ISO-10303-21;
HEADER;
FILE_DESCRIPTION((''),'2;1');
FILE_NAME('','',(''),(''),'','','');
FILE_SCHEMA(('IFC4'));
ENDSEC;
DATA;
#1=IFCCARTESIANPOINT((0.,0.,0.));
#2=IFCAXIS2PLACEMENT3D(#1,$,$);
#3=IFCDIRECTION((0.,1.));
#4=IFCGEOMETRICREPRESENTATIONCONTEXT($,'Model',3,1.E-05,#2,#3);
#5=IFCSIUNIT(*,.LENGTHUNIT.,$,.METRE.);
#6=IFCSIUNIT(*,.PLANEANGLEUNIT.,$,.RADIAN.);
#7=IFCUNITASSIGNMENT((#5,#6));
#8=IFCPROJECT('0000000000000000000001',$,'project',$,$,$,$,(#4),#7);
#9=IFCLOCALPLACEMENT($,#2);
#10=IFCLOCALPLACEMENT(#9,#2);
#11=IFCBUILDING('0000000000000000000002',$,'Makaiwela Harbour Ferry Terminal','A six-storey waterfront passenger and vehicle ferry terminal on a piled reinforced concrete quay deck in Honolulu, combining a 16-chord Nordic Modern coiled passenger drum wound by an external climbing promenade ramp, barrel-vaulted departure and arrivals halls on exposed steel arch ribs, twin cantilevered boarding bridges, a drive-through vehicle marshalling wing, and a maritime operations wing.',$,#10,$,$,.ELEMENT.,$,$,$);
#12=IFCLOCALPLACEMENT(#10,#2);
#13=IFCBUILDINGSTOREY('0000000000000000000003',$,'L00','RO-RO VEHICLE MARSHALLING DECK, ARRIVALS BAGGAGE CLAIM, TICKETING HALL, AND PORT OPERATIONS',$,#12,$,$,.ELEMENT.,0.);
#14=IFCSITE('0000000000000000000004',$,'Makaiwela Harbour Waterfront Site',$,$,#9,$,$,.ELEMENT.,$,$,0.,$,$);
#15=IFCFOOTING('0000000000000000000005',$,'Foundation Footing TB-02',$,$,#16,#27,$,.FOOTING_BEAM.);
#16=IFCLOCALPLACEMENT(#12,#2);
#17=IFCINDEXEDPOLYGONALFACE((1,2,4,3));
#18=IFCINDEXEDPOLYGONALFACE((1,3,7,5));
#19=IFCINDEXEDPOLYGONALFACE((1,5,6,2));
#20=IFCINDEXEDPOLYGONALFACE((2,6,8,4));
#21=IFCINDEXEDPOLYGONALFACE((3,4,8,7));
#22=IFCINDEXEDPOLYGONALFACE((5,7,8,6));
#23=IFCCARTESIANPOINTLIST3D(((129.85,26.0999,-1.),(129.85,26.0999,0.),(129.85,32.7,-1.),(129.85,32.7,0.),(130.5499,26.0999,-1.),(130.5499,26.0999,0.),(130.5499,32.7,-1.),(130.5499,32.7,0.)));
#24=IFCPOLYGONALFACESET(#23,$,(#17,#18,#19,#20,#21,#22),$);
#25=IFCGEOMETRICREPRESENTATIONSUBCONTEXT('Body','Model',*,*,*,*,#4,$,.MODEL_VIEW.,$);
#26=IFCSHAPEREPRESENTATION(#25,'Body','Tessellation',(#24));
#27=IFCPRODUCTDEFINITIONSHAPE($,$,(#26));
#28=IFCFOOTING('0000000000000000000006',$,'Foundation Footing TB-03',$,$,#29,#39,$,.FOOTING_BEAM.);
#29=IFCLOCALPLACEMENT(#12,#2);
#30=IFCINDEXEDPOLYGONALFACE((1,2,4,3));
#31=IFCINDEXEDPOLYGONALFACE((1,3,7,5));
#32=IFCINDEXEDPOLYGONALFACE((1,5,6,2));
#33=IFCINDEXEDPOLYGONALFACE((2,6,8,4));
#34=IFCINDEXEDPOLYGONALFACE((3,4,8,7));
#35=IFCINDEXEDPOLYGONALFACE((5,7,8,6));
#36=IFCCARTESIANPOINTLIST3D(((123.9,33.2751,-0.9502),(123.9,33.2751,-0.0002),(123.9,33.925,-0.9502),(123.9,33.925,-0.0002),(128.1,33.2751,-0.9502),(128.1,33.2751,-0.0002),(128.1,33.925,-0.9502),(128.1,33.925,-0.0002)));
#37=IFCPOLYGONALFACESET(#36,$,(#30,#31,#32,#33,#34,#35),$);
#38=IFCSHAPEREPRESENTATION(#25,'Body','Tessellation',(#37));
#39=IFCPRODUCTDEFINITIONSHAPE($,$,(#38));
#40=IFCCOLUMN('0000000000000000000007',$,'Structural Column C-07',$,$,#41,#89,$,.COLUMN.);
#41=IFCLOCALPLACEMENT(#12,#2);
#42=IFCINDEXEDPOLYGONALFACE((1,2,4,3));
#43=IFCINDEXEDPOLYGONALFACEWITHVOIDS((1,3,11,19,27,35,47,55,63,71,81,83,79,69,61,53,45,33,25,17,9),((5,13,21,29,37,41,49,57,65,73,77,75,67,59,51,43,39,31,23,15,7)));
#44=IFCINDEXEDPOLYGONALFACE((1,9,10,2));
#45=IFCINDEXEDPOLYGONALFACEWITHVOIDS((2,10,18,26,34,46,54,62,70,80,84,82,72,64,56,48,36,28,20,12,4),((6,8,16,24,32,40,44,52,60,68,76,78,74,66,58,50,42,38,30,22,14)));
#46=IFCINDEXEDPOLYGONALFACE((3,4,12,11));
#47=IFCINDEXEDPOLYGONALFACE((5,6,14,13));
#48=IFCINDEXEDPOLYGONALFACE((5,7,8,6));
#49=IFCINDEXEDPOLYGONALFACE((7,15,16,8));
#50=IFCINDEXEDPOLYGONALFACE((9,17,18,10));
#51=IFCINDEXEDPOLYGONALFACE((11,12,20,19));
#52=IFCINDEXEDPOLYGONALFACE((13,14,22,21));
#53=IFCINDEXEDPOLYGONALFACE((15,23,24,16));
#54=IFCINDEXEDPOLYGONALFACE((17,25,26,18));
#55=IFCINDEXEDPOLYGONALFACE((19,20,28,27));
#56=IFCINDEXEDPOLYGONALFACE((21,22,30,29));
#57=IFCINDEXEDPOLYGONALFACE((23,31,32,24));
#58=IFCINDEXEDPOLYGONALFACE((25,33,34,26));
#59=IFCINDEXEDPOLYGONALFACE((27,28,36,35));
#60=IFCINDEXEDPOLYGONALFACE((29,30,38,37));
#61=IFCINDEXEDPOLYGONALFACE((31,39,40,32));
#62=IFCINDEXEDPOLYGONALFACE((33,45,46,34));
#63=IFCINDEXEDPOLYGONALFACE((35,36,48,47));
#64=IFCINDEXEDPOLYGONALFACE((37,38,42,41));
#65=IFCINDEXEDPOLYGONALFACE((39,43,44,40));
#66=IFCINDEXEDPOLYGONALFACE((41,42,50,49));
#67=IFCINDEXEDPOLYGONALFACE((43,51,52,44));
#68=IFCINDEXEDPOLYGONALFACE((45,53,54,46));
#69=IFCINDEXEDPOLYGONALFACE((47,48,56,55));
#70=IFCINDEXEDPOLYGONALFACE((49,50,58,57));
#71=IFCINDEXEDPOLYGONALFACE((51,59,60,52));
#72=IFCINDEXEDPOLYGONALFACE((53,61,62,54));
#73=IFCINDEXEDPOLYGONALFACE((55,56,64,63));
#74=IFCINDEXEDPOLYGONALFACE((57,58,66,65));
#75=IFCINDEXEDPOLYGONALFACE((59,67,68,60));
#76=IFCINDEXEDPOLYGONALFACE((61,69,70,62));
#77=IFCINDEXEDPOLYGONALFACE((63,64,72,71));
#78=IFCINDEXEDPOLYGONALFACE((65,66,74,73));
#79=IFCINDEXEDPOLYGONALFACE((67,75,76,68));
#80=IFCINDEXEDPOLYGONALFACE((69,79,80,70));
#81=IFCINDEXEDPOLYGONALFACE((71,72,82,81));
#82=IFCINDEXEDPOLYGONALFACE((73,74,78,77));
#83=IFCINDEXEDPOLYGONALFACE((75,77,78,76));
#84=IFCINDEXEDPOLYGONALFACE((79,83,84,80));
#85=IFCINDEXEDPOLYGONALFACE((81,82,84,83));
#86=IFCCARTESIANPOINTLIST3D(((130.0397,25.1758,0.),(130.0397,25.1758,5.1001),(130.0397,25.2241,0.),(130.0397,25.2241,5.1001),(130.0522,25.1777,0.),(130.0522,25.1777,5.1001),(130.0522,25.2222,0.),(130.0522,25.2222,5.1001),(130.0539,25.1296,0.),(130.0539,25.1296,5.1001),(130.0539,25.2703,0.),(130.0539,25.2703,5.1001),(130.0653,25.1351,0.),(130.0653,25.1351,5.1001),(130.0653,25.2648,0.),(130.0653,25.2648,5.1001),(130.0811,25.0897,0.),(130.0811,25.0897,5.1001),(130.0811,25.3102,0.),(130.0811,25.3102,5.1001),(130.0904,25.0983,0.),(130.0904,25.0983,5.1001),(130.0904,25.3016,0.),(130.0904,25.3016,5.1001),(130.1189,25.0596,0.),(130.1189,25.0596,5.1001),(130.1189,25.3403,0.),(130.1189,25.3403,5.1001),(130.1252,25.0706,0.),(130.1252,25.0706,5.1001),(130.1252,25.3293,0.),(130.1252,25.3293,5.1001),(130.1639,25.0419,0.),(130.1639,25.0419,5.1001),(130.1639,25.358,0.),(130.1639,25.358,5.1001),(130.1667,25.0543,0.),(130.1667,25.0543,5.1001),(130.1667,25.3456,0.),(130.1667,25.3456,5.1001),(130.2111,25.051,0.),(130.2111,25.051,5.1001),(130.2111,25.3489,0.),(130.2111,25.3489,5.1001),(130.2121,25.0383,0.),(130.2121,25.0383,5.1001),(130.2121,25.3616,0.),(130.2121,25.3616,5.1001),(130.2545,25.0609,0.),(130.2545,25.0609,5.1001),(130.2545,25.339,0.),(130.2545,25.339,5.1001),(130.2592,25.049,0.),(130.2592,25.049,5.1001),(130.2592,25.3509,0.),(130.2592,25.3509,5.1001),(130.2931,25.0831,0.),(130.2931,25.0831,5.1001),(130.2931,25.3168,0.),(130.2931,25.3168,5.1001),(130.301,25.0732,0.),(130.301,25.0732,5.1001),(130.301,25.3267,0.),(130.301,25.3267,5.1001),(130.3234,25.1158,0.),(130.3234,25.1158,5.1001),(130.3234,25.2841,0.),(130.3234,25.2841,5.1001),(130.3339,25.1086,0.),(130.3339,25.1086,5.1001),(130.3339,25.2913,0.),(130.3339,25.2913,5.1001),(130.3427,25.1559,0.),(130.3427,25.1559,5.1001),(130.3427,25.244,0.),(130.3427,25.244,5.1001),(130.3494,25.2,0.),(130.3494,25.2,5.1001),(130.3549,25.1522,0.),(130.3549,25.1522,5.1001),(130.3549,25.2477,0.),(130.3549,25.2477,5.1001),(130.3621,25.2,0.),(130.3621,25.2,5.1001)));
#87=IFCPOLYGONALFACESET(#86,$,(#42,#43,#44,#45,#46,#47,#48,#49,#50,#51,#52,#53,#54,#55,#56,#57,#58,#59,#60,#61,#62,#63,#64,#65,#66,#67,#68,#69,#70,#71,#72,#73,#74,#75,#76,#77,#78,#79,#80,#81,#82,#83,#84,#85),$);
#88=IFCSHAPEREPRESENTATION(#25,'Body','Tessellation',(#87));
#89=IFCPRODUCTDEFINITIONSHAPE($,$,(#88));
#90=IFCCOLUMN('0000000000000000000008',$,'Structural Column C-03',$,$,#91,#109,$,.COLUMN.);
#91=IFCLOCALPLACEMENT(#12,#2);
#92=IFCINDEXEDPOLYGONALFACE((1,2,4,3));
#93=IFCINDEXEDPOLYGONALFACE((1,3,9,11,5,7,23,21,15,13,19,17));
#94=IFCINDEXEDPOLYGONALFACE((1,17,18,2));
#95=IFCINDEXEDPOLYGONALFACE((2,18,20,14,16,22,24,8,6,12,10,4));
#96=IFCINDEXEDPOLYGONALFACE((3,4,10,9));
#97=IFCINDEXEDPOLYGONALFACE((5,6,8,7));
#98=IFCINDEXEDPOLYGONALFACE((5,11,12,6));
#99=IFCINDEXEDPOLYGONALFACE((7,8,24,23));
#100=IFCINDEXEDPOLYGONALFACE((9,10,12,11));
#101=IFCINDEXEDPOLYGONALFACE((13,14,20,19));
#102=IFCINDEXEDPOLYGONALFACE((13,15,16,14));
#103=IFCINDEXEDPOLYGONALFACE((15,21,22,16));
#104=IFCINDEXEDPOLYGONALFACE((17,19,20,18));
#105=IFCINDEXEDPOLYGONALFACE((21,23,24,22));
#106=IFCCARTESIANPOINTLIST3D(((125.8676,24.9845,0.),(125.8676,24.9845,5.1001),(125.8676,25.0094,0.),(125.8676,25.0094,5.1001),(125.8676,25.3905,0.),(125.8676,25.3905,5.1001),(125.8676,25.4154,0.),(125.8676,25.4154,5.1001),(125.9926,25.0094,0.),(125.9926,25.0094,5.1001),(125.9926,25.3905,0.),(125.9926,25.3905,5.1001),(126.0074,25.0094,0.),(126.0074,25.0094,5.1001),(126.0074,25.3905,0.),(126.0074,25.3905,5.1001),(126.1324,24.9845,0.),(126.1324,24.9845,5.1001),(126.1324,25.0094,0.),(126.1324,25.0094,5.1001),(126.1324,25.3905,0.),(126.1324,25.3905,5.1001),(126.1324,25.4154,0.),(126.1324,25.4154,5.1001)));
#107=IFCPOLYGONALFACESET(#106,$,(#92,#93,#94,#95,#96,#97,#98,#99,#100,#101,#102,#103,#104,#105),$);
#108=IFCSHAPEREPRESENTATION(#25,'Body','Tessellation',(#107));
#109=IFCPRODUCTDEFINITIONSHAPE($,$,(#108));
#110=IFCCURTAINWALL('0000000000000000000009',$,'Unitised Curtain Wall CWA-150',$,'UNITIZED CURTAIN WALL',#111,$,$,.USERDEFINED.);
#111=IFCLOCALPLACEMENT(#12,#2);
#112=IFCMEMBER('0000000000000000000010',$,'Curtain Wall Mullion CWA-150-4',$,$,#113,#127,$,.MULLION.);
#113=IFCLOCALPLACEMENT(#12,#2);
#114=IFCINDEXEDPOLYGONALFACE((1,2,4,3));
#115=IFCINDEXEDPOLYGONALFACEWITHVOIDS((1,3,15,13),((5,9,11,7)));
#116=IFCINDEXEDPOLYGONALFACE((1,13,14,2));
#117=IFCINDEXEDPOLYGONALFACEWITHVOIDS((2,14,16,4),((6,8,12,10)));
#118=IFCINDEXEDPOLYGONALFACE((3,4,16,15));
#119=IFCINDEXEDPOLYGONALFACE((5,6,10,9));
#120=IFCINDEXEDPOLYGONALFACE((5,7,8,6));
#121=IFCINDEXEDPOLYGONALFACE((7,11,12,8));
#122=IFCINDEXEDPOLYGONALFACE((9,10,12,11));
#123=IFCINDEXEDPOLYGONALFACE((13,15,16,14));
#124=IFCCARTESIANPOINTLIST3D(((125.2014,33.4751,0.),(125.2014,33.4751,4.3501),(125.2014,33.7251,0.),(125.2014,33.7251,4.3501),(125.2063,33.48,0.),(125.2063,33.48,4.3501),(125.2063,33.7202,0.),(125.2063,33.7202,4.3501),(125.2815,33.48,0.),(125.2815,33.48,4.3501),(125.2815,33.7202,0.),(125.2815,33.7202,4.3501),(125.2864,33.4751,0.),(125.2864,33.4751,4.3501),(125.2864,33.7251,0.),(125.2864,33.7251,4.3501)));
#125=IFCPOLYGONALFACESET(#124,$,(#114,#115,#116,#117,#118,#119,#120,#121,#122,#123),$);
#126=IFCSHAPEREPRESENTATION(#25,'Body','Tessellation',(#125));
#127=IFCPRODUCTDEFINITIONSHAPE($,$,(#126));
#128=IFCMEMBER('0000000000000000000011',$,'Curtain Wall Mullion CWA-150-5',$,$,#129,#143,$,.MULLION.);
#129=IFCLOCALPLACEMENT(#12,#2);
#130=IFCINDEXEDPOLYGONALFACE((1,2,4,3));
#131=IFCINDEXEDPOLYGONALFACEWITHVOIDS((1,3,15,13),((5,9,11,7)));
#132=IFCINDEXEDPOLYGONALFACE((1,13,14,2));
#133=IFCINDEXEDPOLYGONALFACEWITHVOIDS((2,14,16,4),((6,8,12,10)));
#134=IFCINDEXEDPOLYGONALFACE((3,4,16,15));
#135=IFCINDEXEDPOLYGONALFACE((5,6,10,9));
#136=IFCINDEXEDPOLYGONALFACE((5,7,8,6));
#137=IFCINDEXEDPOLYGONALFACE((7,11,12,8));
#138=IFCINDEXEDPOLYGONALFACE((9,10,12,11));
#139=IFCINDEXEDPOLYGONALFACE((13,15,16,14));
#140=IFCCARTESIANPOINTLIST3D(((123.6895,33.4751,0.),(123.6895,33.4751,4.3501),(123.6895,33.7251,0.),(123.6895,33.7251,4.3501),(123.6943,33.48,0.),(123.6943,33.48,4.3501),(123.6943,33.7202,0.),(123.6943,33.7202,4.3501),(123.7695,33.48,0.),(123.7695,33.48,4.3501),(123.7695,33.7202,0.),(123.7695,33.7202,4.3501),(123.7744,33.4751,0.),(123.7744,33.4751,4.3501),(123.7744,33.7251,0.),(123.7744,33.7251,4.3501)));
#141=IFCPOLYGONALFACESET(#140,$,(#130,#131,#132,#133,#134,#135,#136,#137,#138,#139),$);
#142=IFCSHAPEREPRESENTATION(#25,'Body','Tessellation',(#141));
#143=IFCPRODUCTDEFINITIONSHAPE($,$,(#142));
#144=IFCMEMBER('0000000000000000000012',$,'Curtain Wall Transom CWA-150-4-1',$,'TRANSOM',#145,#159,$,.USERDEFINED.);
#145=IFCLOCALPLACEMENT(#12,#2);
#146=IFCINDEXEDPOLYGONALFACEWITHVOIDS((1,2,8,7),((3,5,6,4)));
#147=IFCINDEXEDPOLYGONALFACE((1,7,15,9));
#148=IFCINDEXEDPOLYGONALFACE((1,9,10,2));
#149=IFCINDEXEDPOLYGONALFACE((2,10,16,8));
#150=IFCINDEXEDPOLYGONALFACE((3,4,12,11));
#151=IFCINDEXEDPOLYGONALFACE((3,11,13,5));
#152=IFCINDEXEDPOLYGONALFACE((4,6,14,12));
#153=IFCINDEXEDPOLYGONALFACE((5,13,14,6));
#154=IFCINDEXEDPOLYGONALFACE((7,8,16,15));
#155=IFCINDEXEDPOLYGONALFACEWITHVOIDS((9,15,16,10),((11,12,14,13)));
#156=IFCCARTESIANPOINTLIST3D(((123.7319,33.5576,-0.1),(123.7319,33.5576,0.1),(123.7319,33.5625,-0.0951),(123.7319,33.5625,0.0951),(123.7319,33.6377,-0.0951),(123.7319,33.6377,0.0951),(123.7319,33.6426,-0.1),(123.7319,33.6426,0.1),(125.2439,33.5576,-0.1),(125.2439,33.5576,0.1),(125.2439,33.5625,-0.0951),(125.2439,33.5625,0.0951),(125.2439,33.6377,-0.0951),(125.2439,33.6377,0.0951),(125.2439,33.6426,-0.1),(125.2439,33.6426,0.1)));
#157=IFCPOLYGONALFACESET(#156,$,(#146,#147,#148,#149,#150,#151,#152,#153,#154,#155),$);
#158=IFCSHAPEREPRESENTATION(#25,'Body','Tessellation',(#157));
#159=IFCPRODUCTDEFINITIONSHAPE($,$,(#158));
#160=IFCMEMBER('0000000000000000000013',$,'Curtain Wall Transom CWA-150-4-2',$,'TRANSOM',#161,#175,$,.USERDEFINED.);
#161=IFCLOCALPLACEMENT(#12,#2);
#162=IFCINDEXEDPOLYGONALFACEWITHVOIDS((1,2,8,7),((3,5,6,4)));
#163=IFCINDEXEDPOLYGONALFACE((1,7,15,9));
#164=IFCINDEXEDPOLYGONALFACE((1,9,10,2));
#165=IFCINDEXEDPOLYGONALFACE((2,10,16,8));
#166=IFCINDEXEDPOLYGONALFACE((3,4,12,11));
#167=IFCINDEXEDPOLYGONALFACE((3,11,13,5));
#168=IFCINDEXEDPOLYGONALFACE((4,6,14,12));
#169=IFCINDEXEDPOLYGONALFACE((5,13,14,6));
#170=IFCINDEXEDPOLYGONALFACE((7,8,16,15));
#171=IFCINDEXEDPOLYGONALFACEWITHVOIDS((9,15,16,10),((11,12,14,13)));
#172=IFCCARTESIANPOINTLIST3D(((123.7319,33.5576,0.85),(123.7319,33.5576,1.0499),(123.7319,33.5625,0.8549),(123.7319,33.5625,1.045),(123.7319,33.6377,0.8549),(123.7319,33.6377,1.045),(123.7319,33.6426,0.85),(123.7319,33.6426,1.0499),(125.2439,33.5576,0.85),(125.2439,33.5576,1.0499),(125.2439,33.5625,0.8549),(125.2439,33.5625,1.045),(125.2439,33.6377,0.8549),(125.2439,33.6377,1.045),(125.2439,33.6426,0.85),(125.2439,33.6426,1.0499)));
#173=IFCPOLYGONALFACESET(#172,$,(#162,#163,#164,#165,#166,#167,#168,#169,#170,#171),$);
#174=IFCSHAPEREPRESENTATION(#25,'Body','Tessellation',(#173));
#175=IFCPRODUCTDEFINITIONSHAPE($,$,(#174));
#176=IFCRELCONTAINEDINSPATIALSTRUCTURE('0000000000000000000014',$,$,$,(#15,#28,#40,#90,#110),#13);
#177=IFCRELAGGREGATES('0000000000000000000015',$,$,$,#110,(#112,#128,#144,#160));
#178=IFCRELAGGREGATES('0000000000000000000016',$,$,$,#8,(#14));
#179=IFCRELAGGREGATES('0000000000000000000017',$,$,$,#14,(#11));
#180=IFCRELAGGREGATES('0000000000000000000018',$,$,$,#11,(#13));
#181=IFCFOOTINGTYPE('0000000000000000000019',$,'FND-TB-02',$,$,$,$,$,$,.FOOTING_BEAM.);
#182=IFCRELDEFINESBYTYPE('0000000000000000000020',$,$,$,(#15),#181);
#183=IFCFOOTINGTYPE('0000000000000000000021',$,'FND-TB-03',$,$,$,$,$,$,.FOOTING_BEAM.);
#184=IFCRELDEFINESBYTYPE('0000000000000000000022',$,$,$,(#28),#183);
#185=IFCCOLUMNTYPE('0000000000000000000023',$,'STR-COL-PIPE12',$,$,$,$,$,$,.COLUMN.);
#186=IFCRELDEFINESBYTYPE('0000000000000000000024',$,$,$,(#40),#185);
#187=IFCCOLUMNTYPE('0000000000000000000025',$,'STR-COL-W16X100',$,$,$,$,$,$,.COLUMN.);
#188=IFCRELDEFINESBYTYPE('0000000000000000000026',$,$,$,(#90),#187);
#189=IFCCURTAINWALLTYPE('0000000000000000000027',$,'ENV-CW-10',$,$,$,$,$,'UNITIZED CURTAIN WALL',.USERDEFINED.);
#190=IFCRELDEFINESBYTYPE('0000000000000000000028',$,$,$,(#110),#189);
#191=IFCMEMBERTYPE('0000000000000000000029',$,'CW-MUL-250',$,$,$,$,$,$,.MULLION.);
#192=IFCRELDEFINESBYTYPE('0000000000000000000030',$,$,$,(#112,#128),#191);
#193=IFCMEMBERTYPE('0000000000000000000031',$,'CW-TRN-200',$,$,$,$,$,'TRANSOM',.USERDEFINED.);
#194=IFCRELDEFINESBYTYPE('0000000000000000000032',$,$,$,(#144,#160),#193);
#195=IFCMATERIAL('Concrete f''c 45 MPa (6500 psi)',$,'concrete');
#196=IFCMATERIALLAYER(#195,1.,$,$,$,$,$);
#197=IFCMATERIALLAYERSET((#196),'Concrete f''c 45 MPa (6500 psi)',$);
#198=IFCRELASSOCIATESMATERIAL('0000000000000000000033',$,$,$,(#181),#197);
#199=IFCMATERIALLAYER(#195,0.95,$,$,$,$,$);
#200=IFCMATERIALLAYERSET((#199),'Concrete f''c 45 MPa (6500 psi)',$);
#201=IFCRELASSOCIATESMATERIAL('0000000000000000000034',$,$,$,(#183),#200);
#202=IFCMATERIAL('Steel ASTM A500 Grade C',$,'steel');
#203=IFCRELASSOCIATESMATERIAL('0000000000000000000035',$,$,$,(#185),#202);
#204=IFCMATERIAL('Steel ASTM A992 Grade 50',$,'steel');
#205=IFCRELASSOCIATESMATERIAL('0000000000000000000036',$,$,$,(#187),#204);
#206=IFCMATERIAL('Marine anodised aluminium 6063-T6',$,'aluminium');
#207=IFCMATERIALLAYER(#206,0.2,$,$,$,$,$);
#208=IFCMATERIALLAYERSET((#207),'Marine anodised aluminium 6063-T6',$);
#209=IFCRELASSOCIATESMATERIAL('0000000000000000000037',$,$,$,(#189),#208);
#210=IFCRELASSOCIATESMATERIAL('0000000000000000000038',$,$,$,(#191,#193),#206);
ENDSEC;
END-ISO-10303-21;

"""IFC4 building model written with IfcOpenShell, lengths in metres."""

from ifc_helpers import new_model, si_unit, direction, frame, origin, origin_2d, place, context, subcontext, project, spatial, rectangle, hollow_rectangle, hollow_circle, i_section, extrude, material, layer, layer_set, material_profile, profile_set, type_object, element, aggregate, save


model = new_model("IFC4")

# Units and contexts
model_context = context("Model", 3, precision=1e-05, world=origin(), true_north=direction((0.0, 1.0)))
body_context = subcontext(model_context, "Body", "Model", "MODEL_VIEW")
ifc_project = project(units=[si_unit("LENGTHUNIT", "METRE"), si_unit("PLANEANGLEUNIT", "RADIAN")], contexts=[model_context])

# Site, building, storey
site_placement = place(None, origin())
site = spatial("IfcSite", under=ifc_project, at=site_placement, Name="Makaiwela Harbour Waterfront Site", CompositionType="ELEMENT", RefElevation=0.0)
building_placement = place(site_placement, origin())
building = spatial("IfcBuilding", under=site, at=building_placement, Name="Makaiwela Harbour Ferry Terminal", Description="A six-storey waterfront passenger and vehicle ferry terminal on a piled reinforced concrete quay deck in Honolulu, combining a 16-chord Nordic Modern coiled passenger drum wound by an external climbing promenade ramp, barrel-vaulted departure and arrivals halls on exposed steel arch ribs, twin cantilevered boarding bridges, a drive-through vehicle marshalling wing, and a maritime operations wing.", CompositionType="ELEMENT")
storey_placement = place(building_placement, origin())
storey = spatial("IfcBuildingStorey", under=building, at=storey_placement, Name="L00", Description="RO-RO VEHICLE MARSHALLING DECK, ARRIVALS BAGGAGE CLAIM, TICKETING HALL, AND PORT OPERATIONS", CompositionType="ELEMENT", Elevation=0.0)

# Shared definitions
ifc_material_1 = material(Name="Concrete f'c 45 MPa (6500 psi)", Category="concrete")

# Footings
ifc_layer_1 = layer(ifc_material_1, 1.0)
ifc_layer_set_1 = layer_set([ifc_layer_1], Name="Concrete f'c 45 MPa (6500 psi)")
footing_type_1 = type_object("IfcFootingType", Name="FND-TB-02", PredefinedType="FOOTING_BEAM", material=ifc_layer_set_1)
footing_1_placement = place(storey_placement, frame((130.2, 29.3999, -1.0), z_axis=(0.0, 0.0, 1.0), x_axis=(0.0, 1.0, 0.0)))
element("IfcFooting", 1, at=footing_1_placement, inside=storey, type_object=footing_type_1, Name="Foundation Footing TB-02", PredefinedType="FOOTING_BEAM", context=body_context, shape_type="SweptSolid", body=[
    extrude(rectangle(XDim=6.6001, YDim=0.7, at=origin_2d()), origin(), (0.0, 0.0, 1.0), 1.0),
])
ifc_layer_2 = layer(ifc_material_1, 0.95)
ifc_layer_set_2 = layer_set([ifc_layer_2], Name="Concrete f'c 45 MPa (6500 psi)")
footing_type_2 = type_object("IfcFootingType", Name="FND-TB-03", PredefinedType="FOOTING_BEAM", material=ifc_layer_set_2)
footing_2_placement = place(storey_placement, frame((126.0, 33.6001, -0.9502), z_axis=(0.0, 0.0, 1.0), x_axis=(1.0, 0.0, 0.0)))
element("IfcFooting", 2, at=footing_2_placement, inside=storey, type_object=footing_type_2, Name="Foundation Footing TB-03", PredefinedType="FOOTING_BEAM", context=body_context, shape_type="SweptSolid", body=[
    extrude(rectangle(XDim=4.2, YDim=0.6499, at=origin_2d()), origin(), (0.0, 0.0, 1.0), 0.95),
])

# Columns
ifc_material_2 = material(Name="Steel ASTM A500 Grade C", Category="steel")
ifc_material_profile_1 = material_profile(ifc_material_2, hollow_circle(Radius=0.1621, WallThickness=0.0127, at=origin_2d()), Name="PIPE12XS")
ifc_profile_set_1 = profile_set([ifc_material_profile_1], Name="Steel ASTM A500 Grade C")
column_type_1 = type_object("IfcColumnType", Name="STR-COL-PIPE12", PredefinedType="COLUMN", material=ifc_profile_set_1)
column_1_placement = place(storey_placement, frame((130.2, 25.2, 0.0), z_axis=(0.0, 0.0, 1.0), x_axis=(1.0, 0.0, 0.0)))
element("IfcColumn", 3, at=column_1_placement, inside=storey, type_object=column_type_1, Name="Structural Column C-07", PredefinedType="COLUMN", context=body_context, shape_type="SweptSolid", body=[
    extrude(hollow_circle(Radius=0.1621, WallThickness=0.0127, at=origin_2d()), origin(), (0.0, 0.0, 1.0), 5.1001),
])
ifc_material_3 = material(Name="Steel ASTM A992 Grade 50", Category="steel")
ifc_material_profile_2 = material_profile(ifc_material_3, i_section(OverallWidth=0.2649, OverallDepth=0.4309, WebThickness=0.0149, FlangeThickness=0.0249, at=origin_2d()), Name="W16X100")
ifc_profile_set_2 = profile_set([ifc_material_profile_2], Name="Steel ASTM A992 Grade 50")
column_type_2 = type_object("IfcColumnType", Name="STR-COL-W16X100", PredefinedType="COLUMN", material=ifc_profile_set_2)
column_2_placement = place(storey_placement, frame((126.0, 25.2, 0.0), z_axis=(0.0, 0.0, 1.0), x_axis=(1.0, 0.0, 0.0)))
element("IfcColumn", 4, at=column_2_placement, inside=storey, type_object=column_type_2, Name="Structural Column C-03", PredefinedType="COLUMN", context=body_context, shape_type="SweptSolid", body=[
    extrude(i_section(OverallWidth=0.2649, OverallDepth=0.4309, WebThickness=0.0149, FlangeThickness=0.0249, at=origin_2d()), origin(), (0.0, 0.0, 1.0), 5.1001),
])

# Curtain wall, members
ifc_material_4 = material(Name="Marine anodised aluminium 6063-T6", Category="aluminium")
ifc_layer_3 = layer(ifc_material_4, 0.2)
ifc_layer_set_3 = layer_set([ifc_layer_3], Name="Marine anodised aluminium 6063-T6")
curtain_wall_type = type_object("IfcCurtainWallType", Name="ENV-CW-10", ElementType="UNITIZED CURTAIN WALL", PredefinedType="USERDEFINED", material=ifc_layer_set_3)
curtain_wall_placement = place(storey_placement, origin())
curtain_wall = element("IfcCurtainWall", 5, at=curtain_wall_placement, inside=storey, type_object=curtain_wall_type, Name="Unitised Curtain Wall CWA-150", ObjectType="UNITIZED CURTAIN WALL", PredefinedType="USERDEFINED")
ifc_material_profile_3 = material_profile(ifc_material_4, hollow_rectangle(XDim=0.085, YDim=0.25, WallThickness=0.0049, at=origin_2d()), Name="CWM-250X85")
ifc_profile_set_3 = profile_set([ifc_material_profile_3], Name="Marine anodised aluminium 6063-T6")
member_type_1 = type_object("IfcMemberType", Name="CW-MUL-250", PredefinedType="MULLION", material=ifc_profile_set_3)
member_1_placement = place(storey_placement, frame((125.2439, 33.6001, 0.0), z_axis=(0.0, 0.0, 1.0), x_axis=(1.0, 0.0, 0.0)))
member_1 = element("IfcMember", 6, at=member_1_placement, type_object=member_type_1, Name="Curtain Wall Mullion CWA-150-4", PredefinedType="MULLION", context=body_context, shape_type="SweptSolid", body=[
    extrude(hollow_rectangle(XDim=0.085, YDim=0.25, WallThickness=0.0049, at=origin_2d()), origin(), (0.0, 0.0, 1.0), 4.3501),
])
member_2_placement = place(storey_placement, frame((123.7319, 33.6001, 0.0), z_axis=(0.0, 0.0, 1.0), x_axis=(1.0, 0.0, 0.0)))
member_2 = element("IfcMember", 7, at=member_2_placement, type_object=member_type_1, Name="Curtain Wall Mullion CWA-150-5", PredefinedType="MULLION", context=body_context, shape_type="SweptSolid", body=[
    extrude(hollow_rectangle(XDim=0.085, YDim=0.25, WallThickness=0.0049, at=origin_2d()), origin(), (0.0, 0.0, 1.0), 4.3501),
])
ifc_material_profile_4 = material_profile(ifc_material_4, hollow_rectangle(XDim=0.085, YDim=0.2, WallThickness=0.0049, at=origin_2d()), Name="CWT-200X85")
ifc_profile_set_4 = profile_set([ifc_material_profile_4], Name="Marine anodised aluminium 6063-T6")
member_type_2 = type_object("IfcMemberType", Name="CW-TRN-200", ElementType="TRANSOM", PredefinedType="USERDEFINED", material=ifc_profile_set_4)
member_3_placement = place(storey_placement, frame((125.2439, 33.6001, 0.0), z_axis=(-1.0, 0.0, 0.0), x_axis=(0.0, -1.0, 0.0)))
member_3 = element("IfcMember", 8, at=member_3_placement, type_object=member_type_2, Name="Curtain Wall Transom CWA-150-4-1", ObjectType="TRANSOM", PredefinedType="USERDEFINED", context=body_context, shape_type="SweptSolid", body=[
    extrude(hollow_rectangle(XDim=0.085, YDim=0.2, WallThickness=0.0049, at=origin_2d()), origin(), (0.0, 0.0, 1.0), 1.512),
])
member_4_placement = place(storey_placement, frame((125.2439, 33.6001, 0.95), z_axis=(-1.0, 0.0, 0.0), x_axis=(0.0, -1.0, 0.0)))
member_4 = element("IfcMember", 9, at=member_4_placement, type_object=member_type_2, Name="Curtain Wall Transom CWA-150-4-2", ObjectType="TRANSOM", PredefinedType="USERDEFINED", context=body_context, shape_type="SweptSolid", body=[
    extrude(hollow_rectangle(XDim=0.085, YDim=0.2, WallThickness=0.0049, at=origin_2d()), origin(), (0.0, 0.0, 1.0), 1.512),
])
aggregate(curtain_wall, [member_1, member_2, member_3, member_4])

save(model, "model.ifc")
